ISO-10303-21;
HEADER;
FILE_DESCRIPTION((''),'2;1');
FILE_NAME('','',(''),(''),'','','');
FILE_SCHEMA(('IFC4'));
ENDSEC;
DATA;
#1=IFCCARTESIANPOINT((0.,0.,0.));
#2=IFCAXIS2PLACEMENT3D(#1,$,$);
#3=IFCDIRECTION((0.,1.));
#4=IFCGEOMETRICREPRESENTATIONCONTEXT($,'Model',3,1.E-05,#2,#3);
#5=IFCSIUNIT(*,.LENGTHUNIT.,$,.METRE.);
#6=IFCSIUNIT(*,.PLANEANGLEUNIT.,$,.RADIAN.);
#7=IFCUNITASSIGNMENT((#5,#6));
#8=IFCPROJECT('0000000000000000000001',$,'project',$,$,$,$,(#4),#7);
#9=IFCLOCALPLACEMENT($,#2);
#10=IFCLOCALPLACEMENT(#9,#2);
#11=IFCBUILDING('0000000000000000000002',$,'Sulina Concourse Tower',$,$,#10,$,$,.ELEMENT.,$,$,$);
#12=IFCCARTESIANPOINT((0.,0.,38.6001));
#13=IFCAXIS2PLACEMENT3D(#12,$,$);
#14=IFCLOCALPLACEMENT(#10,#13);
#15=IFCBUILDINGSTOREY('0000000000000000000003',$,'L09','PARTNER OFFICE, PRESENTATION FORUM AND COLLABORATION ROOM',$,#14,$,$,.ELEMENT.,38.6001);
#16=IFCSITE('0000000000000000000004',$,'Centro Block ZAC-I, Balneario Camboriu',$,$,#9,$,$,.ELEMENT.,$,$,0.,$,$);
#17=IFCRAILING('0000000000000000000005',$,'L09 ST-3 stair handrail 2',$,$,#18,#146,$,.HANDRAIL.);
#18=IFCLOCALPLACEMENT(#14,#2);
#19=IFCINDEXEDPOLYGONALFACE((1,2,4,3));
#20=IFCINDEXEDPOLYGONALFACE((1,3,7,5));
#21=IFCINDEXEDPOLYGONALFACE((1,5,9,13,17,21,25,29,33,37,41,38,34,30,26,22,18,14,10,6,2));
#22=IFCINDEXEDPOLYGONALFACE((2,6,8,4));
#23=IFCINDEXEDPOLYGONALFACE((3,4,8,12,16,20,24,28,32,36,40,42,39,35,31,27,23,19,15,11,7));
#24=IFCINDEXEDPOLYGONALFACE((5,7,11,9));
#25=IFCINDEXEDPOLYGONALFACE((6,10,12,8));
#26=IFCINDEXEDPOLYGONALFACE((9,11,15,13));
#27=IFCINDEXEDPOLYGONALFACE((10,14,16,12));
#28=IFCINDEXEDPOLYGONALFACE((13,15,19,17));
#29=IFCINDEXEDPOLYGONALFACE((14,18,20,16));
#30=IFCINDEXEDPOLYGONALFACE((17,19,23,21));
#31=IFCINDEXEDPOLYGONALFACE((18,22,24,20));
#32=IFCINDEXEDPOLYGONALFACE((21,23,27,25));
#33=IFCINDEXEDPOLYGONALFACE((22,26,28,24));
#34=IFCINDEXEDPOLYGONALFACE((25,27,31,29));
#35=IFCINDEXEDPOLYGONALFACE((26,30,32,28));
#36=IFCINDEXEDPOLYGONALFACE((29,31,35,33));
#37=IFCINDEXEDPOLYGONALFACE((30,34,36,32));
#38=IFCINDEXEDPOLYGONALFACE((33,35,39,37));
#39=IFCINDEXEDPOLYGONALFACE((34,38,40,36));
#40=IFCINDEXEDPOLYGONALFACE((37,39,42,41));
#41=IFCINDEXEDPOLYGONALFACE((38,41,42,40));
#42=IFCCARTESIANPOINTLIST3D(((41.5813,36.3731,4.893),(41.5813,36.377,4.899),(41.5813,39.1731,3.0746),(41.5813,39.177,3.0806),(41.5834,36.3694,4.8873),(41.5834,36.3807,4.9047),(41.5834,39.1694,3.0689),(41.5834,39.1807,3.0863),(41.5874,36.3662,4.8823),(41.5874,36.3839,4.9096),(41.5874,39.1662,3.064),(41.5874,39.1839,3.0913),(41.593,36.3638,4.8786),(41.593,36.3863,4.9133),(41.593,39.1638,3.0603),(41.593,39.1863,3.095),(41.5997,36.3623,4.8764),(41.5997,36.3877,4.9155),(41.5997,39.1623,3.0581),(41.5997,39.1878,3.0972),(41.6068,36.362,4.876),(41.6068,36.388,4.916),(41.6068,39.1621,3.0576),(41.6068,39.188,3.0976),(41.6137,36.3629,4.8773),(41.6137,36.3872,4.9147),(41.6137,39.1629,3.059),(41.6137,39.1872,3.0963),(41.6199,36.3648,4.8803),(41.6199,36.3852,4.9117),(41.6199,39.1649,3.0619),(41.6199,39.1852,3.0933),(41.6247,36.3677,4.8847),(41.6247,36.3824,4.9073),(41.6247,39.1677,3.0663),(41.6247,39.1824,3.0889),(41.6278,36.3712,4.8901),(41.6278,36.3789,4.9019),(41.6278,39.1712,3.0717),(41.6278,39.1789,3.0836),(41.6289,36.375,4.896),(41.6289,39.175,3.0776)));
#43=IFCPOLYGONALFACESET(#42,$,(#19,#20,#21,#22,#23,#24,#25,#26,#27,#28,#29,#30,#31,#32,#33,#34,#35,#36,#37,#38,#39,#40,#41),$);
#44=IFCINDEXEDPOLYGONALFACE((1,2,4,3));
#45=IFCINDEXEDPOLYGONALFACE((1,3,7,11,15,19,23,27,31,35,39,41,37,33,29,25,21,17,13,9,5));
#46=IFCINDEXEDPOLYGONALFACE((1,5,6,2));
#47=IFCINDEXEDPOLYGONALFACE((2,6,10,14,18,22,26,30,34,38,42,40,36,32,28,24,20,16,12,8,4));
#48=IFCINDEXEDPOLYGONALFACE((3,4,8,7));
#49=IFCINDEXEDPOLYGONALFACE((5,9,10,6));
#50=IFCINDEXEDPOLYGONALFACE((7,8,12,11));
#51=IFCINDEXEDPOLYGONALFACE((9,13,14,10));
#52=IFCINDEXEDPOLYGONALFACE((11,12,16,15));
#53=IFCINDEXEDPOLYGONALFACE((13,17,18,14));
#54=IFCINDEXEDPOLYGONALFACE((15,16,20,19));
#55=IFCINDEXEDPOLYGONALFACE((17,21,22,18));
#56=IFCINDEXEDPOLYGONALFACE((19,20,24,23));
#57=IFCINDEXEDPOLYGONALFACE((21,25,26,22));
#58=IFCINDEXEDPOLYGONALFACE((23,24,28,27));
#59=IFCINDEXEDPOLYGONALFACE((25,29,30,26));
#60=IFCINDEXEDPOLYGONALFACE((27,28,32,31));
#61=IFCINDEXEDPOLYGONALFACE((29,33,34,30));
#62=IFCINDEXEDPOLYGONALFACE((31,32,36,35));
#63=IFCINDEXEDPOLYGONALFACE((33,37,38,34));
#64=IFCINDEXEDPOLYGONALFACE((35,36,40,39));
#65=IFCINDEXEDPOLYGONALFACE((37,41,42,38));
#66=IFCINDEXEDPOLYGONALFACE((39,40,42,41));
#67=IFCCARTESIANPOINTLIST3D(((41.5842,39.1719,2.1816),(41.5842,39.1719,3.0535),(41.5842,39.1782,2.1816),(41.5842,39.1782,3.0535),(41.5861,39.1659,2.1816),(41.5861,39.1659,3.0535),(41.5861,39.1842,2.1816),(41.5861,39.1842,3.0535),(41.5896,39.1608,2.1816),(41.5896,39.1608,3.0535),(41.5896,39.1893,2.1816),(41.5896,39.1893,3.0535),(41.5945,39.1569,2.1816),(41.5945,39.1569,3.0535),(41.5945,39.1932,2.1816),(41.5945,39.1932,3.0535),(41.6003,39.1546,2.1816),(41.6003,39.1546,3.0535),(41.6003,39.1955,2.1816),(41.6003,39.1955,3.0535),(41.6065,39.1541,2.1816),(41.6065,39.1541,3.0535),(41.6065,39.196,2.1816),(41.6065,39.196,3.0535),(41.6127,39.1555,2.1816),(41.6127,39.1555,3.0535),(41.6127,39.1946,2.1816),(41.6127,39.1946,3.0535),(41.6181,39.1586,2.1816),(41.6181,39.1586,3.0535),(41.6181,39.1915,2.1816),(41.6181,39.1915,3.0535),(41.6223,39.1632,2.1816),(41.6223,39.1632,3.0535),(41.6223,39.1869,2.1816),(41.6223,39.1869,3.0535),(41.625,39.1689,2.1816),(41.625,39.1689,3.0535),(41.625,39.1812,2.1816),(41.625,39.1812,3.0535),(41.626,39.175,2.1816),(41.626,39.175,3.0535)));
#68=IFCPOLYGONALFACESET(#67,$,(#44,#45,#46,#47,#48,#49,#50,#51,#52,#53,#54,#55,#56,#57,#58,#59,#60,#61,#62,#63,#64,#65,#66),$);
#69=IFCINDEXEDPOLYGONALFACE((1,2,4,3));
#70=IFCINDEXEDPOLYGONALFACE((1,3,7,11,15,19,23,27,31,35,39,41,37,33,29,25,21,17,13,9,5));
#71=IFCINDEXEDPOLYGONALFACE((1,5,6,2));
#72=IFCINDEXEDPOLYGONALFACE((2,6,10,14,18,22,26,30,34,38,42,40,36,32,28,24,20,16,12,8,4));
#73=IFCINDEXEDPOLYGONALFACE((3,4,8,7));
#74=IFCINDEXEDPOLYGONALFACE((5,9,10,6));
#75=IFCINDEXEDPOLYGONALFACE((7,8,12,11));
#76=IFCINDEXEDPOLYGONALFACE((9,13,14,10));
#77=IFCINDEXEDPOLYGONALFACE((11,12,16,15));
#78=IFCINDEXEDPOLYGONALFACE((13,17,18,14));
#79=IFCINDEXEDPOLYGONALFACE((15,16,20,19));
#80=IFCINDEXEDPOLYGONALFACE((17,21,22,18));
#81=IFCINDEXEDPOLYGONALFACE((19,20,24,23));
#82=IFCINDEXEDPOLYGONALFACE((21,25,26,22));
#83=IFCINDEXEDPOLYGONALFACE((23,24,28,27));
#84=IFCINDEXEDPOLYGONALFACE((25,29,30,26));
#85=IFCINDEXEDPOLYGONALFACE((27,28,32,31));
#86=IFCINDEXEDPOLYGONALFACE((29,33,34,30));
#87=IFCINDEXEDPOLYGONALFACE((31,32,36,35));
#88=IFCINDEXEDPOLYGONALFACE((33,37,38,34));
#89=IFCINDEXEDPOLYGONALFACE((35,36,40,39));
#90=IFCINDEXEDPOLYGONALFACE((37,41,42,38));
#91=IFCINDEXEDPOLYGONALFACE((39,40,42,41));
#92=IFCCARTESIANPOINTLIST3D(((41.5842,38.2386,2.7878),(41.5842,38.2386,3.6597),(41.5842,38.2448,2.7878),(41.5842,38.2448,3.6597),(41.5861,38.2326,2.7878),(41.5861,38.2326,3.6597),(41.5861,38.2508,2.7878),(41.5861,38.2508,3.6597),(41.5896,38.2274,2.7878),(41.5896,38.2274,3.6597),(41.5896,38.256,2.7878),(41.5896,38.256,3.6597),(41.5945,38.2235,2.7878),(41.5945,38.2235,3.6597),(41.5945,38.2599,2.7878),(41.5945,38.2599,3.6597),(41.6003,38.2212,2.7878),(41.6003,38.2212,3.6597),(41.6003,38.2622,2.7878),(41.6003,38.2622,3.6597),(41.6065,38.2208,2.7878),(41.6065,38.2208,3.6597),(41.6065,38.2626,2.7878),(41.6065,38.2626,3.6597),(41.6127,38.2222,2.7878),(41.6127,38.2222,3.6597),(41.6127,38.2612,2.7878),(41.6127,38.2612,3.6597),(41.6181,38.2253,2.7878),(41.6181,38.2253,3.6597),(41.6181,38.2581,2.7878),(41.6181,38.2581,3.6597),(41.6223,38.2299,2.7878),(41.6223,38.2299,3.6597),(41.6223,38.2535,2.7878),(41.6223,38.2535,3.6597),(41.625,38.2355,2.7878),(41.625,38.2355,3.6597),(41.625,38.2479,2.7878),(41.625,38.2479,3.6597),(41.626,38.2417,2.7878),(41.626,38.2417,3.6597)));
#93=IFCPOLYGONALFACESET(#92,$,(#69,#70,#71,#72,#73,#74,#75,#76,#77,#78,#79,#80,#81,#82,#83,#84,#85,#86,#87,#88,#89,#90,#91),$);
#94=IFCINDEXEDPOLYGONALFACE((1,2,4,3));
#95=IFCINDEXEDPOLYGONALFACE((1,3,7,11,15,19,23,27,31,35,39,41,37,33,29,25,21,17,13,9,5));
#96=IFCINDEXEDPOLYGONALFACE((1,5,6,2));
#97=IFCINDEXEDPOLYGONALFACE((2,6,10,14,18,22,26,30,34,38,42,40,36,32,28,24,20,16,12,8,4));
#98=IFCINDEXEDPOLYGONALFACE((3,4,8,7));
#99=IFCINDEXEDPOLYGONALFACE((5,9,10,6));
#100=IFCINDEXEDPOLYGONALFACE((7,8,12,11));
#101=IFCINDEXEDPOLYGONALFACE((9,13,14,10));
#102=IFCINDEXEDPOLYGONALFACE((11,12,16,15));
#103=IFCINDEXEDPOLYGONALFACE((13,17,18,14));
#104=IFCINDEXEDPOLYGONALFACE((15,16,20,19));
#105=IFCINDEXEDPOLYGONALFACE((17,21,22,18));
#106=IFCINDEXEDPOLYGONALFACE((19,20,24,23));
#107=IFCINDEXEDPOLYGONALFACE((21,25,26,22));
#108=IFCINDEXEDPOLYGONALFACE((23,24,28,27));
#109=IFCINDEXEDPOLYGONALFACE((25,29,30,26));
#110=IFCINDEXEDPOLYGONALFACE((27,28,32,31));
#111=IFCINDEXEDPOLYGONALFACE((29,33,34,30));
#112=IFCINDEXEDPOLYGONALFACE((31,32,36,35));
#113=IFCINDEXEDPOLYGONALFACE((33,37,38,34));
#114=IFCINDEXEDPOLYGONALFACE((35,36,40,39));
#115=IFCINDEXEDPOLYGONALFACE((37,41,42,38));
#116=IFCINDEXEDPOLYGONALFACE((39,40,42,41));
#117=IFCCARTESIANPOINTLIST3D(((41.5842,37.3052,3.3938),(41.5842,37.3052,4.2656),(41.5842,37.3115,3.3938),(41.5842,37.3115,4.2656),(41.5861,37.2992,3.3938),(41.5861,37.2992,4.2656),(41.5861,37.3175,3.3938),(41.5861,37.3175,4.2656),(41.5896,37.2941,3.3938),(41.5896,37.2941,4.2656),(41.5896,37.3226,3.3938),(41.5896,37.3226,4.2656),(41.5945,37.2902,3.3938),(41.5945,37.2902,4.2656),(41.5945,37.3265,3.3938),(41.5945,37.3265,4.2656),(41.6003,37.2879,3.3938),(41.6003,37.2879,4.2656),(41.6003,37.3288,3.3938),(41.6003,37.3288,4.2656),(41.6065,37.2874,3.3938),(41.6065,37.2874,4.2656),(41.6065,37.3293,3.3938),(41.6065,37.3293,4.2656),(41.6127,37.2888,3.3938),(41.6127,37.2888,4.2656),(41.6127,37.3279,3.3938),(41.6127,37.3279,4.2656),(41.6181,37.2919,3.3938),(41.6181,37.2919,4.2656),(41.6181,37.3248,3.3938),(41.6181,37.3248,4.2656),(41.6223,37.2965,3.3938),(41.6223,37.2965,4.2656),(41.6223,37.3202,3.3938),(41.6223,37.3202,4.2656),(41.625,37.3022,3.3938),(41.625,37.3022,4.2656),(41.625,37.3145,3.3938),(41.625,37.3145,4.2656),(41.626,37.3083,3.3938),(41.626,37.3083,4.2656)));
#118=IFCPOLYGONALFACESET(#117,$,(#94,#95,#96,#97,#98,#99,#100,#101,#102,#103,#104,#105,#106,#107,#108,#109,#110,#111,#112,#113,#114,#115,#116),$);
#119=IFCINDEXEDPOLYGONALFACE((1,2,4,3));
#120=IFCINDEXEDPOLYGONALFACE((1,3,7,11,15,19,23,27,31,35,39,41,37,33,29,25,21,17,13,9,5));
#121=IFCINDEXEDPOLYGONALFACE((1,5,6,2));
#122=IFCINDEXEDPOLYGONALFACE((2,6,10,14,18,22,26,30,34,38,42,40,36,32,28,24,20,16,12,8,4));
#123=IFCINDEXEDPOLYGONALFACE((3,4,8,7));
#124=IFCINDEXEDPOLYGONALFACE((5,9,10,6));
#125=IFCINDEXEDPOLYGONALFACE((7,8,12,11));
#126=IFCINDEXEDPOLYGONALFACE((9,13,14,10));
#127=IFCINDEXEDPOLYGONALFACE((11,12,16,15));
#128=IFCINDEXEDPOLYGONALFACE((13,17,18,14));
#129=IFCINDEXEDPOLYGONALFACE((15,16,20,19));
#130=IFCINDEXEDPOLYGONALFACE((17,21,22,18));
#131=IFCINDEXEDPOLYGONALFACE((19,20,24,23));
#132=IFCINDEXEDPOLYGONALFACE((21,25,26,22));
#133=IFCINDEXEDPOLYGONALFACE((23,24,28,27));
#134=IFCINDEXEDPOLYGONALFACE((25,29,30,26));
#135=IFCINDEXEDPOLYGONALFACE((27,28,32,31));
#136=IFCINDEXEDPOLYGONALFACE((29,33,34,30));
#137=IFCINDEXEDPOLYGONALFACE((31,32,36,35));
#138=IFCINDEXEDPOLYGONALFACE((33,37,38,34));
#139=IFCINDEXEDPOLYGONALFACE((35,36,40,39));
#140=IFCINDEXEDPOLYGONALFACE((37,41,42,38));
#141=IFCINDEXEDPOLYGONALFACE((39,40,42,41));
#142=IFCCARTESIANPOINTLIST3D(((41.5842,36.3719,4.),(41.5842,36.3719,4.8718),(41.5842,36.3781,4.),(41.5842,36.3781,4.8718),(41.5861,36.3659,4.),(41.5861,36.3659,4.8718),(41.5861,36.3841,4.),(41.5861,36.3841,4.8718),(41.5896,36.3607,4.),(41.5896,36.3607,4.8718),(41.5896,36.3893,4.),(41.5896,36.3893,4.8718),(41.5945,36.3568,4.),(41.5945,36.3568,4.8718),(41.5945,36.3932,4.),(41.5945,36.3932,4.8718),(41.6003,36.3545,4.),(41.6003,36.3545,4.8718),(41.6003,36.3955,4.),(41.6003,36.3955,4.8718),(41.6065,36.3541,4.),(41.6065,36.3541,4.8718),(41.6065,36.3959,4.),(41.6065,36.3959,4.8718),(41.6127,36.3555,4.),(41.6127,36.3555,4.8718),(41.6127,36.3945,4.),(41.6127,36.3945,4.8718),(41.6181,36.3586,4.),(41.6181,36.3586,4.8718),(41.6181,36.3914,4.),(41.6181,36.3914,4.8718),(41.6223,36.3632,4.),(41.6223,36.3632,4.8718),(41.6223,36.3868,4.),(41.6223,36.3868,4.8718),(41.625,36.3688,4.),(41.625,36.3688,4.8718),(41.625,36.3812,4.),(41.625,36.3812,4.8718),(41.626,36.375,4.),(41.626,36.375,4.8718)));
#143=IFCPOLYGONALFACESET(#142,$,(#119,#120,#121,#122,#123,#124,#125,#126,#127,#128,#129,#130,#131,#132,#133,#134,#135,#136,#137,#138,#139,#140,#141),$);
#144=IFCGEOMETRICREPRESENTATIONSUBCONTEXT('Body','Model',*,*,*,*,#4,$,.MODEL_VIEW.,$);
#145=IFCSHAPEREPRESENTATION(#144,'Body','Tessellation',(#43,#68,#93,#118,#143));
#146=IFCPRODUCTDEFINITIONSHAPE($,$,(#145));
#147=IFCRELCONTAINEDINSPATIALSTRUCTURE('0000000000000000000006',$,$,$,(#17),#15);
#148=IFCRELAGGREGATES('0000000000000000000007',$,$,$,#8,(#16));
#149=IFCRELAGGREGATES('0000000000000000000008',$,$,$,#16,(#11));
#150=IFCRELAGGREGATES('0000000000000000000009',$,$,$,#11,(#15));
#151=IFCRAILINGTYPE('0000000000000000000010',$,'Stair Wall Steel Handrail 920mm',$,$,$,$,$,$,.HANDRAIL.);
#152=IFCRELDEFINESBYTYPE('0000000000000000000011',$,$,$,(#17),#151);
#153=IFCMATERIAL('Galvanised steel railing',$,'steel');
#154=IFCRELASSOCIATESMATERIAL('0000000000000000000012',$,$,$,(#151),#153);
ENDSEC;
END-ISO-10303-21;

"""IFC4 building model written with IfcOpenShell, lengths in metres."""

from ifc_helpers import new_model, si_unit, direction, frame, origin, origin_2d, place, context, subcontext, project, spatial, circle, extrude, material, type_object, element, save


model = new_model("IFC4")

# Units and contexts
model_context = context("Model", 3, precision=1e-05, world=origin(), true_north=direction((0.0, 1.0)))
body_context = subcontext(model_context, "Body", "Model", "MODEL_VIEW")
ifc_project = project(units=[si_unit("LENGTHUNIT", "METRE"), si_unit("PLANEANGLEUNIT", "RADIAN")], contexts=[model_context])

# Site, building, storey
site_placement = place(None, origin())
site = spatial("IfcSite", under=ifc_project, at=site_placement, Name="Centro Block ZAC-I, Balneario Camboriu", CompositionType="ELEMENT", RefElevation=0.0)
building_placement = place(site_placement, origin())
building = spatial("IfcBuilding", under=site, at=building_placement, Name="Sulina Concourse Tower", CompositionType="ELEMENT")
storey_placement = place(building_placement, frame((0.0, 0.0, 38.6001)))
storey = spatial("IfcBuildingStorey", under=building, at=storey_placement, Name="L09", Description="PARTNER OFFICE, PRESENTATION FORUM AND COLLABORATION ROOM", CompositionType="ELEMENT", Elevation=38.6001)

# Railing
ifc_material_1 = material(Name="Galvanised steel railing", Category="steel")
railing_type_1 = type_object("IfcRailingType", Name="Stair Wall Steel Handrail 920mm", PredefinedType="HANDRAIL", material=ifc_material_1)
railing_1_placement = place(storey_placement, frame((41.605, 39.175, 2.1816)))
element("IfcRailing", 1, at=railing_1_placement, inside=storey, type_object=railing_type_1, Name="L09 ST-3 stair handrail 2", PredefinedType="HANDRAIL", context=body_context, shape_type="SweptSolid", body=[
    extrude(circle(Radius=0.0239, at=origin_2d()), frame((0.0, 0.0, 0.896), z_axis=(0.0, -0.838672, 0.544636), x_axis=(1.0, 0.0, 0.0)), (0.0, 0.0, 1.0), 3.3386),
    extrude(circle(Radius=0.021, at=origin_2d()), origin(), (0.0, 0.0, 1.0), 0.8718),
    extrude(circle(Radius=0.021, at=origin_2d()), frame((0.0, -0.9333, 0.6062)), (0.0, 0.0, 1.0), 0.8718),
    extrude(circle(Radius=0.021, at=origin_2d()), frame((0.0, -1.8667, 1.2122)), (0.0, 0.0, 1.0), 0.8718),
    extrude(circle(Radius=0.021, at=origin_2d()), frame((0.0, -2.8, 1.8184)), (0.0, 0.0, 1.0), 0.8718),
])

save(model, "model.ifc")
